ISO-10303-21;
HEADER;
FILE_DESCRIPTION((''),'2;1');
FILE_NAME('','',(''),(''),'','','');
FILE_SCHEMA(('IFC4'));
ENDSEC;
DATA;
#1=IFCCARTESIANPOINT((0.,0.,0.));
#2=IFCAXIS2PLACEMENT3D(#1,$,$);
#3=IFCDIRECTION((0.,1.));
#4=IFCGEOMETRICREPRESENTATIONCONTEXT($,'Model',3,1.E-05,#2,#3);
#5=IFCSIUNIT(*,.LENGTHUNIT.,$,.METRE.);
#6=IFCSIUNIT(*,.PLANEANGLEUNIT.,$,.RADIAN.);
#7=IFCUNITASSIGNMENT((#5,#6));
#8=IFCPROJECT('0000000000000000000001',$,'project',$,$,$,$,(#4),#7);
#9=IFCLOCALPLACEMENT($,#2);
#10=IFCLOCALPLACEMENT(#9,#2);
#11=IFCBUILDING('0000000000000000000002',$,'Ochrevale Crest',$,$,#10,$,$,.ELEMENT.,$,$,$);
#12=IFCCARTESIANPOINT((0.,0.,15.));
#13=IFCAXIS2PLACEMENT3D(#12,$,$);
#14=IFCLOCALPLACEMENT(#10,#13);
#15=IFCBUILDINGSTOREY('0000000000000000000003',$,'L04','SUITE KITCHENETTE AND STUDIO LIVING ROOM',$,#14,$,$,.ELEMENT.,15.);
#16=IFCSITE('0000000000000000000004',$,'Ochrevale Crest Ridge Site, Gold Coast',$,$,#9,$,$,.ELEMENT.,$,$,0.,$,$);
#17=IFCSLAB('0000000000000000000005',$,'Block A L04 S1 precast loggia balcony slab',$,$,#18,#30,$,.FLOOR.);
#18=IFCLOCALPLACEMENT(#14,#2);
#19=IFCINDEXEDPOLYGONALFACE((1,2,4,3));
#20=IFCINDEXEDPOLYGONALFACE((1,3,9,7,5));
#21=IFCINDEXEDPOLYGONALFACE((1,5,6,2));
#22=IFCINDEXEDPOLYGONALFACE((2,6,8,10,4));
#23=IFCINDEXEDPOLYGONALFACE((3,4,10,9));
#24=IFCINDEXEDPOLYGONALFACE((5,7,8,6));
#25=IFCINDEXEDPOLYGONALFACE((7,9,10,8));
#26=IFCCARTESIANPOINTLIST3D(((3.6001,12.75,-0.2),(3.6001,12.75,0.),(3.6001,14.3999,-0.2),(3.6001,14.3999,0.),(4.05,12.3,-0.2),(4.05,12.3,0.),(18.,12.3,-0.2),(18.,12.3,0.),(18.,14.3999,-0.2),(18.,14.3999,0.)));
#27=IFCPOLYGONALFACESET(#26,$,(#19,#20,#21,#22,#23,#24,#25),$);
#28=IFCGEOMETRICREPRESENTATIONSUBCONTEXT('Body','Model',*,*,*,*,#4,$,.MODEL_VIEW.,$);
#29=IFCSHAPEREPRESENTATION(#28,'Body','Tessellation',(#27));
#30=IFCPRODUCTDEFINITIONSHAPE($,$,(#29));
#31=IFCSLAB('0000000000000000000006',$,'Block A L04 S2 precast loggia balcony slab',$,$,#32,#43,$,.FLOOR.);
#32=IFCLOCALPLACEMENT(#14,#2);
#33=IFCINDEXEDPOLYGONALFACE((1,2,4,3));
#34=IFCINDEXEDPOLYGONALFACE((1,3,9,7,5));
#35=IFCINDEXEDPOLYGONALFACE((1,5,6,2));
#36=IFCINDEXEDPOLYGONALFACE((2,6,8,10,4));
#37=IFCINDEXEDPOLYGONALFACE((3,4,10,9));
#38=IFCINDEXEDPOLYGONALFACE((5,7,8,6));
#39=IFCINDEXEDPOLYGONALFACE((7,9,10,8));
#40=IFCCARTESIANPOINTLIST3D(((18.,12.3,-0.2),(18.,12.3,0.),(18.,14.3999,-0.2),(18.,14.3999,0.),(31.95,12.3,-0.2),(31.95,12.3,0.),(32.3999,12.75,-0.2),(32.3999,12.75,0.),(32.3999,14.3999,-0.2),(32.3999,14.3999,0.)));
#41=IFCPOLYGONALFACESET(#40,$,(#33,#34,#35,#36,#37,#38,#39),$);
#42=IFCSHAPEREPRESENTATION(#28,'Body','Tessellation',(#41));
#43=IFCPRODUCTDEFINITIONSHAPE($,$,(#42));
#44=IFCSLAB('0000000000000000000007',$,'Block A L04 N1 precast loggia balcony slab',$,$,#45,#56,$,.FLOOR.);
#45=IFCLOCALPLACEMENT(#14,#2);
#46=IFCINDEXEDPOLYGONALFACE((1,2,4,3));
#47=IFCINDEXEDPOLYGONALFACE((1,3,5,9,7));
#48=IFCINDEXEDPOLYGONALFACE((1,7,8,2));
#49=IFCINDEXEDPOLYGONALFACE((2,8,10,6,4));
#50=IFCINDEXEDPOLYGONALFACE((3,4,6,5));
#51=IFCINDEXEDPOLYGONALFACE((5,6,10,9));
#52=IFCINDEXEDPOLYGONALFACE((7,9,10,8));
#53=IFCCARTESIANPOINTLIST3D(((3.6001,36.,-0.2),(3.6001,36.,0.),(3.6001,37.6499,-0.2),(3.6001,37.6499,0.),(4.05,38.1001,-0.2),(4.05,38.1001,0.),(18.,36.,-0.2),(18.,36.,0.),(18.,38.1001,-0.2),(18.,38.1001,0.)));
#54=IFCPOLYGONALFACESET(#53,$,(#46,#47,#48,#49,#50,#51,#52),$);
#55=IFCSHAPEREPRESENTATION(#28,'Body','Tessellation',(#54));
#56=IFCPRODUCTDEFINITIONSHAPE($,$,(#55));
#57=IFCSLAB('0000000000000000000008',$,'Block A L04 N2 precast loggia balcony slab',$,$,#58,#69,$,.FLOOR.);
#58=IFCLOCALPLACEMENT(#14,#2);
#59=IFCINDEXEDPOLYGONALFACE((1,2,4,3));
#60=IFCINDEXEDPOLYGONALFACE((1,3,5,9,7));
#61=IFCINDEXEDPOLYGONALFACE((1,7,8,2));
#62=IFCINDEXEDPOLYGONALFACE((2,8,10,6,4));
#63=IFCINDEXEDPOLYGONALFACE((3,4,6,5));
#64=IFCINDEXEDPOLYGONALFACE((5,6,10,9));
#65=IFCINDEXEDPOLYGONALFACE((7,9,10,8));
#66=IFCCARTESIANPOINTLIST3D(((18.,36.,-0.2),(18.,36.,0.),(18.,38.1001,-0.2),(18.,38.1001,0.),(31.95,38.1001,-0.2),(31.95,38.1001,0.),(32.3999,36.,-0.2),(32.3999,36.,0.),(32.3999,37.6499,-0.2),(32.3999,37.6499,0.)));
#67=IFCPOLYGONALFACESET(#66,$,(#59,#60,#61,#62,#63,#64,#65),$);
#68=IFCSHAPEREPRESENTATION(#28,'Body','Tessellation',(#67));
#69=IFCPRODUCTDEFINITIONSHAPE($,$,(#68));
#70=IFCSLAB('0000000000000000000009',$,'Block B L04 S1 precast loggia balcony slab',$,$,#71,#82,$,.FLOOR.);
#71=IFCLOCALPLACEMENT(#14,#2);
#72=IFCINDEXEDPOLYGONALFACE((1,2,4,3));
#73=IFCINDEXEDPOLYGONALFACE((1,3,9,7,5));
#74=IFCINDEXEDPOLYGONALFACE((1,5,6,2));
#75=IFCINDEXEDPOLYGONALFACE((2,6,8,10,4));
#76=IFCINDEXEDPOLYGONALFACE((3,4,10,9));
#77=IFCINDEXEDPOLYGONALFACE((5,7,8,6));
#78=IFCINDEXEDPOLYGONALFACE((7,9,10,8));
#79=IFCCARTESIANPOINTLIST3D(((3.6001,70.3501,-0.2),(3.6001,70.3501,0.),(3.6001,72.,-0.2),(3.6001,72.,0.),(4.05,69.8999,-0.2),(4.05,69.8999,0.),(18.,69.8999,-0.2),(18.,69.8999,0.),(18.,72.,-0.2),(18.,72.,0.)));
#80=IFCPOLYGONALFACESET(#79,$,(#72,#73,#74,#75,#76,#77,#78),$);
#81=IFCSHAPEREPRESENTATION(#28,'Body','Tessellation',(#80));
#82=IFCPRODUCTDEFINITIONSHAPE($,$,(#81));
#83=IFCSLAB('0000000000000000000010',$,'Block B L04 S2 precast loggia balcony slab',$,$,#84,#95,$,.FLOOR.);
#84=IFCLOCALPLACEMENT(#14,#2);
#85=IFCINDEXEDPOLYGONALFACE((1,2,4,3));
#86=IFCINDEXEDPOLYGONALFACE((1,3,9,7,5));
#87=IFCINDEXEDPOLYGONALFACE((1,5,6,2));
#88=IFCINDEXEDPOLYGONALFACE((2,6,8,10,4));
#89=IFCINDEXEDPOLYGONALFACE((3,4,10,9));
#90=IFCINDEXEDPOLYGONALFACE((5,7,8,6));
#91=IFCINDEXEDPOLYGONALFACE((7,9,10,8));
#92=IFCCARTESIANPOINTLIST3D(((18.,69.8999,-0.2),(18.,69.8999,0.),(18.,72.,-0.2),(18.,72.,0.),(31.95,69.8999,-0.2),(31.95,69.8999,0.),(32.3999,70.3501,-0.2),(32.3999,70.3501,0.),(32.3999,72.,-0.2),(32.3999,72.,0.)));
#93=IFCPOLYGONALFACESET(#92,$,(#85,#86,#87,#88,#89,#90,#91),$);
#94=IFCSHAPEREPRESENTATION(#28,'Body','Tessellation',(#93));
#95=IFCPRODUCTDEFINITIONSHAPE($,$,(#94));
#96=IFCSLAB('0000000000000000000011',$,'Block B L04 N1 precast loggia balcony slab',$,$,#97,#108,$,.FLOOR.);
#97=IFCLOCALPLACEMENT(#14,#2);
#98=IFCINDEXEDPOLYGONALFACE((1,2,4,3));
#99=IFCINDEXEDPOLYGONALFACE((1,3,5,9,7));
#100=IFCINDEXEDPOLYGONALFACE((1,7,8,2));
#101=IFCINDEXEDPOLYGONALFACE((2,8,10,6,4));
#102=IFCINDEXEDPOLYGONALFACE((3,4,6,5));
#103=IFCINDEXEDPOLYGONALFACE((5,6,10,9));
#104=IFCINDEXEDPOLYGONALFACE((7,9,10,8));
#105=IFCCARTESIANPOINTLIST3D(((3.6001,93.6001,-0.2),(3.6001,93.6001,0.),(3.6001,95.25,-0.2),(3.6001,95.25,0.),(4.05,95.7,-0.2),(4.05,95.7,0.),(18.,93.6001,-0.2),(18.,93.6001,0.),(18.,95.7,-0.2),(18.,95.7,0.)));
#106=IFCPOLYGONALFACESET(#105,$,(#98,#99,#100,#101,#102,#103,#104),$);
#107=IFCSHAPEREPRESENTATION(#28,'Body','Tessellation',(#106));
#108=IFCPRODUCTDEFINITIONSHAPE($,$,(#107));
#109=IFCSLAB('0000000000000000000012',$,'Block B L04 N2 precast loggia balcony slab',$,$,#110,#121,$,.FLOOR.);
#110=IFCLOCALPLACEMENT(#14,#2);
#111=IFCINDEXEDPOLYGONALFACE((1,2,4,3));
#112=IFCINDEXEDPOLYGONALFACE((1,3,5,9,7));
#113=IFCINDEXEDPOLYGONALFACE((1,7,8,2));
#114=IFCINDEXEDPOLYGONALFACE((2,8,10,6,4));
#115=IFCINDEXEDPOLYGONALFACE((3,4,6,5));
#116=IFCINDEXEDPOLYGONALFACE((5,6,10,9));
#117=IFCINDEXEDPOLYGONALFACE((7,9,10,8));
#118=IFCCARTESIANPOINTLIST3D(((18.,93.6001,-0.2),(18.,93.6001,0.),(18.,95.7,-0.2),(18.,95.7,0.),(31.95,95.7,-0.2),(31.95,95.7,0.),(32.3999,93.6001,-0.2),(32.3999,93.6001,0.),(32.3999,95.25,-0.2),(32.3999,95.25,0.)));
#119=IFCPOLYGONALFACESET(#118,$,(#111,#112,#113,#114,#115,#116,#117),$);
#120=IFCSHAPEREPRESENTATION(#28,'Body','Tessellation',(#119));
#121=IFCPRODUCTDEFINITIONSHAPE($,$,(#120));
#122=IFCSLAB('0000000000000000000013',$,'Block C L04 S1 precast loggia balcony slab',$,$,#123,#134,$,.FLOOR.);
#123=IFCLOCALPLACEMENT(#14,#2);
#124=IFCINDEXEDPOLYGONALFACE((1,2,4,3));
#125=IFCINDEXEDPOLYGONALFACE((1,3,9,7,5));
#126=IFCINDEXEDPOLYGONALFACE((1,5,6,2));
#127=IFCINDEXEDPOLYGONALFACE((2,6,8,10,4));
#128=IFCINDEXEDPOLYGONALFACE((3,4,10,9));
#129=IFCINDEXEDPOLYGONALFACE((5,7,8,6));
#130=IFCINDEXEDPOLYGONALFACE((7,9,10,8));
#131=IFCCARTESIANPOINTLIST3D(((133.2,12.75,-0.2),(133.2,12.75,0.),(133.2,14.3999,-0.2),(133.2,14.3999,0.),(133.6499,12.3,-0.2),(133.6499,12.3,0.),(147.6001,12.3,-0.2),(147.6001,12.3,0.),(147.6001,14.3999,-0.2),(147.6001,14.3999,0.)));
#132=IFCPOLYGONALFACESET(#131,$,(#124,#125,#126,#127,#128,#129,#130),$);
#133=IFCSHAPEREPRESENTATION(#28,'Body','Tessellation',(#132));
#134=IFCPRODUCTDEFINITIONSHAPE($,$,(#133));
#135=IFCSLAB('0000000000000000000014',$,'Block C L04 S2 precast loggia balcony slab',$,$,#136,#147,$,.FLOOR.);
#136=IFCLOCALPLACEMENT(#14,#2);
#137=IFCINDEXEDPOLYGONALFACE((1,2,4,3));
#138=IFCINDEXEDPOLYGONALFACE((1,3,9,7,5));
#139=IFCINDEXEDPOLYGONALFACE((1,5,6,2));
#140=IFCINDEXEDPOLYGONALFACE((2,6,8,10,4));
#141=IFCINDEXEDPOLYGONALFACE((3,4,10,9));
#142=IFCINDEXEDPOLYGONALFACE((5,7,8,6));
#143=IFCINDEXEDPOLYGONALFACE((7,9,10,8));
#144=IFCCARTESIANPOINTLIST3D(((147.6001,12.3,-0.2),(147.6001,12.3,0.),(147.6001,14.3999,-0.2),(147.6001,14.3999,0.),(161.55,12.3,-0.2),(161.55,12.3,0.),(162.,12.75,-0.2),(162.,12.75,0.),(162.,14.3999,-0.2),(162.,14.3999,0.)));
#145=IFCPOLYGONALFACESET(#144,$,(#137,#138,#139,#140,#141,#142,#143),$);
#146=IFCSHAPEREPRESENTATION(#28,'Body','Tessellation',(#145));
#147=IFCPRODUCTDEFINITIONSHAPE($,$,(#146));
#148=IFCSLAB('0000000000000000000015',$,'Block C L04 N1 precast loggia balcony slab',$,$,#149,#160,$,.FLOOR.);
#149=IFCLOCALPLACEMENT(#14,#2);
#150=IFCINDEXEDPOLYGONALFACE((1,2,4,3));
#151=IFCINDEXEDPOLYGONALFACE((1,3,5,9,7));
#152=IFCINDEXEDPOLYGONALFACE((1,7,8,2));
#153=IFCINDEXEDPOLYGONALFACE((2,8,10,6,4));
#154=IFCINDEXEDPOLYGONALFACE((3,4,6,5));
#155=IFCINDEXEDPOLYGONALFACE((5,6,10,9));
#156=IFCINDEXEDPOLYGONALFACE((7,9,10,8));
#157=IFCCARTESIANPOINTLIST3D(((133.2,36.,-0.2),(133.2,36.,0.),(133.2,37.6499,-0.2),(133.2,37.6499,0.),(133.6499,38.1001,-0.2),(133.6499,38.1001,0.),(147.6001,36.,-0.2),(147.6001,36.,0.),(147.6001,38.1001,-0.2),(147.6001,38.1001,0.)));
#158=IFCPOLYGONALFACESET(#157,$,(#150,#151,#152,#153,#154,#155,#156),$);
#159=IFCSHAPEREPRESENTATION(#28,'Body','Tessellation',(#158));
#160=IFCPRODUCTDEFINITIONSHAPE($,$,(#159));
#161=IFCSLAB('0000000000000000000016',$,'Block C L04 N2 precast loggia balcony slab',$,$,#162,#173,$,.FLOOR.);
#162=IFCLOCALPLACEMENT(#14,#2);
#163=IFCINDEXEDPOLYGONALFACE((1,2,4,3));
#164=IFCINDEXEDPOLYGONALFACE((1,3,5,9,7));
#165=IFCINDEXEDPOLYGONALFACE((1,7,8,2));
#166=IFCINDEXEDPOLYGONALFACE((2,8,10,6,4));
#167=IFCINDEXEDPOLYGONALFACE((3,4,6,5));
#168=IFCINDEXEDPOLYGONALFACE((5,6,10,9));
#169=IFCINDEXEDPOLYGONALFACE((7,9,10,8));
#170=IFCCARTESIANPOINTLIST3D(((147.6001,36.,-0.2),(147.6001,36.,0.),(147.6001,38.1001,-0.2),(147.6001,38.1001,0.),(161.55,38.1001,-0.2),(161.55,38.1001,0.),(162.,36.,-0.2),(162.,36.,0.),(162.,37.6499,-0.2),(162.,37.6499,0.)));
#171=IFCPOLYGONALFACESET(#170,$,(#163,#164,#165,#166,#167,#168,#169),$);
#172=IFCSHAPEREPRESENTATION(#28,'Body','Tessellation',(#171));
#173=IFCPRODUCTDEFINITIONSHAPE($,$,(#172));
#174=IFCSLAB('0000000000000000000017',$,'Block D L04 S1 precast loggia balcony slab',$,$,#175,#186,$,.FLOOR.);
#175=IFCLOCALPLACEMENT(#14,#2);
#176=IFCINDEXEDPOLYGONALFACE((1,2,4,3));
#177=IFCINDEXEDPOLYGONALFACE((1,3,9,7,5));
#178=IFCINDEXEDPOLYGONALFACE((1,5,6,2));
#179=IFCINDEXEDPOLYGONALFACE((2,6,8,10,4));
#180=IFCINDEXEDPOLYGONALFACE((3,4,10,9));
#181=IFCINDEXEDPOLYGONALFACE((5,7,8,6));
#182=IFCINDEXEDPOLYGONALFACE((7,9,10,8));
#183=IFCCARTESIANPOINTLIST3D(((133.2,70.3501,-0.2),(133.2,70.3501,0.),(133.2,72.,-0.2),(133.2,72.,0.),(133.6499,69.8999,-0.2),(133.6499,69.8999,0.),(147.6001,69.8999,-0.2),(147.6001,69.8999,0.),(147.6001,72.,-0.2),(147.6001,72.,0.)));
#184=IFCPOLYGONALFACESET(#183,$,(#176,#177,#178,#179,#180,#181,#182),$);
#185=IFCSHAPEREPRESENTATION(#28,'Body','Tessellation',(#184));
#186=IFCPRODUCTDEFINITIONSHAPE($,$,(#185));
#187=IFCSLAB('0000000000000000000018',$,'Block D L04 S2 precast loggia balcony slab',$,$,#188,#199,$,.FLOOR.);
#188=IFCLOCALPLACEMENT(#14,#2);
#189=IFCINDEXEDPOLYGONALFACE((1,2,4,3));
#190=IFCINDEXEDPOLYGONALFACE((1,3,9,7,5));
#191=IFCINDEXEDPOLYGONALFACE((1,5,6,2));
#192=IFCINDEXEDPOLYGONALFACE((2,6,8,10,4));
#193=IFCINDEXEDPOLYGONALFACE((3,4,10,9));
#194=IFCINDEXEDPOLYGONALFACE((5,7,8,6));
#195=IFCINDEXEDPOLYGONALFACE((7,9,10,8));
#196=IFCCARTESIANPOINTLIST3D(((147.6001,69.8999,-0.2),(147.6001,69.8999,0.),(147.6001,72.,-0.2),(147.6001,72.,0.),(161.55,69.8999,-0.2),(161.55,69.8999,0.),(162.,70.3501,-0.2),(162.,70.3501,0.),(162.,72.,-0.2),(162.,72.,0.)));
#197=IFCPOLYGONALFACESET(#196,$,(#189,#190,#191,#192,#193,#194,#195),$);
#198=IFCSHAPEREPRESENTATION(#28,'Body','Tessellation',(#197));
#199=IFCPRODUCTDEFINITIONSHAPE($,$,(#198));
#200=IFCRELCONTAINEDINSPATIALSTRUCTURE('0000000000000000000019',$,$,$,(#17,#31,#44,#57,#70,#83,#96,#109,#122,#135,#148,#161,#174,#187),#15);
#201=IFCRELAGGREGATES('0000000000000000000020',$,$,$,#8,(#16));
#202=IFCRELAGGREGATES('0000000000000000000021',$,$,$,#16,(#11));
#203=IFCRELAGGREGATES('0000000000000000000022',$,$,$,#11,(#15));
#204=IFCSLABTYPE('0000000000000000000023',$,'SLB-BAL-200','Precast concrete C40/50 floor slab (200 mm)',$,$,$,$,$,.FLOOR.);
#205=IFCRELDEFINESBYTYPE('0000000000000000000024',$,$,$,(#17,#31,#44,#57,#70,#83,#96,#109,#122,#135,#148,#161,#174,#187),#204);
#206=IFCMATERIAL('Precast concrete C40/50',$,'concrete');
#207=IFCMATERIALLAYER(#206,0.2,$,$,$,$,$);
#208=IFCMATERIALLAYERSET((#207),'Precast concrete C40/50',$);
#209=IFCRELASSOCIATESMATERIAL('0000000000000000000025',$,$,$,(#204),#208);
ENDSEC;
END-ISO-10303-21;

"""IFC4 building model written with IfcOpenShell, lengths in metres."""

from ifc_helpers import new_model, si_unit, direction, frame, origin, place, context, subcontext, project, spatial, polyline, outline, extrude, material, layer, layer_set, type_object, element, save


model = new_model("IFC4")

# Units and contexts
model_context = context("Model", 3, precision=1e-05, world=origin(), true_north=direction((0.0, 1.0)))
body_context = subcontext(model_context, "Body", "Model", "MODEL_VIEW")
ifc_project = project(units=[si_unit("LENGTHUNIT", "METRE"), si_unit("PLANEANGLEUNIT", "RADIAN")], contexts=[model_context])

# Site, building, storey
site_placement = place(None, origin())
site = spatial("IfcSite", under=ifc_project, at=site_placement, Name="Ochrevale Crest Ridge Site, Gold Coast", CompositionType="ELEMENT", RefElevation=0.0)
building_placement = place(site_placement, origin())
building = spatial("IfcBuilding", under=site, at=building_placement, Name="Ochrevale Crest", CompositionType="ELEMENT")
storey_placement = place(building_placement, frame((0.0, 0.0, 15.0)))
storey = spatial("IfcBuildingStorey", under=building, at=storey_placement, Name="L04", Description="SUITE KITCHENETTE AND STUDIO LIVING ROOM", CompositionType="ELEMENT", Elevation=15.0)

# Slabs
ifc_material = material(Name="Precast concrete C40/50", Category="concrete")
ifc_layer_1 = layer(ifc_material, 0.2)
ifc_layer_set_1 = layer_set([ifc_layer_1], Name="Precast concrete C40/50")
slab_type_1 = type_object("IfcSlabType", Name="SLB-BAL-200", Description="Precast concrete C40/50 floor slab (200 mm)", PredefinedType="FLOOR", material=ifc_layer_set_1)
slab_1_placement = place(storey_placement, frame((0.0, 0.0, -0.2)))
element("IfcSlab", 1, at=slab_1_placement, inside=storey, type_object=slab_type_1, Name="Block A L04 S1 precast loggia balcony slab", PredefinedType="FLOOR", context=body_context, shape_type="SweptSolid", body=[
    extrude(outline(polyline([(4.05, 12.3), (18.0, 12.3), (18.0, 14.3999), (3.6001, 14.3999), (3.6001, 12.75), (4.05, 12.3)])), origin(), (0.0, 0.0, 1.0), 0.2),
])
slab_2_placement = place(storey_placement, frame((0.0, 0.0, -0.2)))
element("IfcSlab", 2, at=slab_2_placement, inside=storey, type_object=slab_type_1, Name="Block A L04 S2 precast loggia balcony slab", PredefinedType="FLOOR", context=body_context, shape_type="SweptSolid", body=[
    extrude(outline(polyline([(18.0, 12.3), (31.95, 12.3), (32.3999, 12.75), (32.3999, 14.3999), (18.0, 14.3999), (18.0, 12.3)])), origin(), (0.0, 0.0, 1.0), 0.2),
])
slab_3_placement = place(storey_placement, frame((0.0, 0.0, -0.2)))
element("IfcSlab", 3, at=slab_3_placement, inside=storey, type_object=slab_type_1, Name="Block A L04 N1 precast loggia balcony slab", PredefinedType="FLOOR", context=body_context, shape_type="SweptSolid", body=[
    extrude(outline(polyline([(3.6001, 36.0), (18.0, 36.0), (18.0, 38.1001), (4.05, 38.1001), (3.6001, 37.6499), (3.6001, 36.0)])), origin(), (0.0, 0.0, 1.0), 0.2),
])
slab_4_placement = place(storey_placement, frame((0.0, 0.0, -0.2)))
element("IfcSlab", 4, at=slab_4_placement, inside=storey, type_object=slab_type_1, Name="Block A L04 N2 precast loggia balcony slab", PredefinedType="FLOOR", context=body_context, shape_type="SweptSolid", body=[
    extrude(outline(polyline([(18.0, 36.0), (32.3999, 36.0), (32.3999, 37.6499), (31.95, 38.1001), (18.0, 38.1001), (18.0, 36.0)])), origin(), (0.0, 0.0, 1.0), 0.2),
])
slab_5_placement = place(storey_placement, frame((0.0, 0.0, -0.2)))
element("IfcSlab", 5, at=slab_5_placement, inside=storey, type_object=slab_type_1, Name="Block B L04 S1 precast loggia balcony slab", PredefinedType="FLOOR", context=body_context, shape_type="SweptSolid", body=[
    extrude(outline(polyline([(4.05, 69.8999), (18.0, 69.8999), (18.0, 72.0), (3.6001, 72.0), (3.6001, 70.3501), (4.05, 69.8999)])), origin(), (0.0, 0.0, 1.0), 0.2),
])
slab_6_placement = place(storey_placement, frame((0.0, 0.0, -0.2)))
element("IfcSlab", 6, at=slab_6_placement, inside=storey, type_object=slab_type_1, Name="Block B L04 S2 precast loggia balcony slab", PredefinedType="FLOOR", context=body_context, shape_type="SweptSolid", body=[
    extrude(outline(polyline([(18.0, 69.8999), (31.95, 69.8999), (32.3999, 70.3501), (32.3999, 72.0), (18.0, 72.0), (18.0, 69.8999)])), origin(), (0.0, 0.0, 1.0), 0.2),
])
slab_7_placement = place(storey_placement, frame((0.0, 0.0, -0.2)))
element("IfcSlab", 7, at=slab_7_placement, inside=storey, type_object=slab_type_1, Name="Block B L04 N1 precast loggia balcony slab", PredefinedType="FLOOR", context=body_context, shape_type="SweptSolid", body=[
    extrude(outline(polyline([(3.6001, 93.6001), (18.0, 93.6001), (18.0, 95.7), (4.05, 95.7), (3.6001, 95.25), (3.6001, 93.6001)])), origin(), (0.0, 0.0, 1.0), 0.2),
])
slab_8_placement = place(storey_placement, frame((0.0, 0.0, -0.2)))
element("IfcSlab", 8, at=slab_8_placement, inside=storey, type_object=slab_type_1, Name="Block B L04 N2 precast loggia balcony slab", PredefinedType="FLOOR", context=body_context, shape_type="SweptSolid", body=[
    extrude(outline(polyline([(18.0, 93.6001), (32.3999, 93.6001), (32.3999, 95.25), (31.95, 95.7), (18.0, 95.7), (18.0, 93.6001)])), origin(), (0.0, 0.0, 1.0), 0.2),
])
slab_9_placement = place(storey_placement, frame((0.0, 0.0, -0.2)))
element("IfcSlab", 9, at=slab_9_placement, inside=storey, type_object=slab_type_1, Name="Block C L04 S1 precast loggia balcony slab", PredefinedType="FLOOR", context=body_context, shape_type="SweptSolid", body=[
    extrude(outline(polyline([(133.6499, 12.3), (147.6001, 12.3), (147.6001, 14.3999), (133.2, 14.3999), (133.2, 12.75), (133.6499, 12.3)])), origin(), (0.0, 0.0, 1.0), 0.2),
])
slab_10_placement = place(storey_placement, frame((0.0, 0.0, -0.2)))
element("IfcSlab", 10, at=slab_10_placement, inside=storey, type_object=slab_type_1, Name="Block C L04 S2 precast loggia balcony slab", PredefinedType="FLOOR", context=body_context, shape_type="SweptSolid", body=[
    extrude(outline(polyline([(147.6001, 12.3), (161.55, 12.3), (162.0, 12.75), (162.0, 14.3999), (147.6001, 14.3999), (147.6001, 12.3)])), origin(), (0.0, 0.0, 1.0), 0.2),
])
slab_11_placement = place(storey_placement, frame((0.0, 0.0, -0.2)))
element("IfcSlab", 11, at=slab_11_placement, inside=storey, type_object=slab_type_1, Name="Block C L04 N1 precast loggia balcony slab", PredefinedType="FLOOR", context=body_context, shape_type="SweptSolid", body=[
    extrude(outline(polyline([(133.2, 36.0), (147.6001, 36.0), (147.6001, 38.1001), (133.6499, 38.1001), (133.2, 37.6499), (133.2, 36.0)])), origin(), (0.0, 0.0, 1.0), 0.2),
])
slab_12_placement = place(storey_placement, frame((0.0, 0.0, -0.2)))
element("IfcSlab", 12, at=slab_12_placement, inside=storey, type_object=slab_type_1, Name="Block C L04 N2 precast loggia balcony slab", PredefinedType="FLOOR", context=body_context, shape_type="SweptSolid", body=[
    extrude(outline(polyline([(147.6001, 36.0), (162.0, 36.0), (162.0, 37.6499), (161.55, 38.1001), (147.6001, 38.1001), (147.6001, 36.0)])), origin(), (0.0, 0.0, 1.0), 0.2),
])
slab_13_placement = place(storey_placement, frame((0.0, 0.0, -0.2)))
element("IfcSlab", 13, at=slab_13_placement, inside=storey, type_object=slab_type_1, Name="Block D L04 S1 precast loggia balcony slab", PredefinedType="FLOOR", context=body_context, shape_type="SweptSolid", body=[
    extrude(outline(polyline([(133.6499, 69.8999), (147.6001, 69.8999), (147.6001, 72.0), (133.2, 72.0), (133.2, 70.3501), (133.6499, 69.8999)])), origin(), (0.0, 0.0, 1.0), 0.2),
])
slab_14_placement = place(storey_placement, frame((0.0, 0.0, -0.2)))
element("IfcSlab", 14, at=slab_14_placement, inside=storey, type_object=slab_type_1, Name="Block D L04 S2 precast loggia balcony slab", PredefinedType="FLOOR", context=body_context, shape_type="SweptSolid", body=[
    extrude(outline(polyline([(147.6001, 69.8999), (161.55, 69.8999), (162.0, 70.3501), (162.0, 72.0), (147.6001, 72.0), (147.6001, 69.8999)])), origin(), (0.0, 0.0, 1.0), 0.2),
])

save(model, "model.ifc")
